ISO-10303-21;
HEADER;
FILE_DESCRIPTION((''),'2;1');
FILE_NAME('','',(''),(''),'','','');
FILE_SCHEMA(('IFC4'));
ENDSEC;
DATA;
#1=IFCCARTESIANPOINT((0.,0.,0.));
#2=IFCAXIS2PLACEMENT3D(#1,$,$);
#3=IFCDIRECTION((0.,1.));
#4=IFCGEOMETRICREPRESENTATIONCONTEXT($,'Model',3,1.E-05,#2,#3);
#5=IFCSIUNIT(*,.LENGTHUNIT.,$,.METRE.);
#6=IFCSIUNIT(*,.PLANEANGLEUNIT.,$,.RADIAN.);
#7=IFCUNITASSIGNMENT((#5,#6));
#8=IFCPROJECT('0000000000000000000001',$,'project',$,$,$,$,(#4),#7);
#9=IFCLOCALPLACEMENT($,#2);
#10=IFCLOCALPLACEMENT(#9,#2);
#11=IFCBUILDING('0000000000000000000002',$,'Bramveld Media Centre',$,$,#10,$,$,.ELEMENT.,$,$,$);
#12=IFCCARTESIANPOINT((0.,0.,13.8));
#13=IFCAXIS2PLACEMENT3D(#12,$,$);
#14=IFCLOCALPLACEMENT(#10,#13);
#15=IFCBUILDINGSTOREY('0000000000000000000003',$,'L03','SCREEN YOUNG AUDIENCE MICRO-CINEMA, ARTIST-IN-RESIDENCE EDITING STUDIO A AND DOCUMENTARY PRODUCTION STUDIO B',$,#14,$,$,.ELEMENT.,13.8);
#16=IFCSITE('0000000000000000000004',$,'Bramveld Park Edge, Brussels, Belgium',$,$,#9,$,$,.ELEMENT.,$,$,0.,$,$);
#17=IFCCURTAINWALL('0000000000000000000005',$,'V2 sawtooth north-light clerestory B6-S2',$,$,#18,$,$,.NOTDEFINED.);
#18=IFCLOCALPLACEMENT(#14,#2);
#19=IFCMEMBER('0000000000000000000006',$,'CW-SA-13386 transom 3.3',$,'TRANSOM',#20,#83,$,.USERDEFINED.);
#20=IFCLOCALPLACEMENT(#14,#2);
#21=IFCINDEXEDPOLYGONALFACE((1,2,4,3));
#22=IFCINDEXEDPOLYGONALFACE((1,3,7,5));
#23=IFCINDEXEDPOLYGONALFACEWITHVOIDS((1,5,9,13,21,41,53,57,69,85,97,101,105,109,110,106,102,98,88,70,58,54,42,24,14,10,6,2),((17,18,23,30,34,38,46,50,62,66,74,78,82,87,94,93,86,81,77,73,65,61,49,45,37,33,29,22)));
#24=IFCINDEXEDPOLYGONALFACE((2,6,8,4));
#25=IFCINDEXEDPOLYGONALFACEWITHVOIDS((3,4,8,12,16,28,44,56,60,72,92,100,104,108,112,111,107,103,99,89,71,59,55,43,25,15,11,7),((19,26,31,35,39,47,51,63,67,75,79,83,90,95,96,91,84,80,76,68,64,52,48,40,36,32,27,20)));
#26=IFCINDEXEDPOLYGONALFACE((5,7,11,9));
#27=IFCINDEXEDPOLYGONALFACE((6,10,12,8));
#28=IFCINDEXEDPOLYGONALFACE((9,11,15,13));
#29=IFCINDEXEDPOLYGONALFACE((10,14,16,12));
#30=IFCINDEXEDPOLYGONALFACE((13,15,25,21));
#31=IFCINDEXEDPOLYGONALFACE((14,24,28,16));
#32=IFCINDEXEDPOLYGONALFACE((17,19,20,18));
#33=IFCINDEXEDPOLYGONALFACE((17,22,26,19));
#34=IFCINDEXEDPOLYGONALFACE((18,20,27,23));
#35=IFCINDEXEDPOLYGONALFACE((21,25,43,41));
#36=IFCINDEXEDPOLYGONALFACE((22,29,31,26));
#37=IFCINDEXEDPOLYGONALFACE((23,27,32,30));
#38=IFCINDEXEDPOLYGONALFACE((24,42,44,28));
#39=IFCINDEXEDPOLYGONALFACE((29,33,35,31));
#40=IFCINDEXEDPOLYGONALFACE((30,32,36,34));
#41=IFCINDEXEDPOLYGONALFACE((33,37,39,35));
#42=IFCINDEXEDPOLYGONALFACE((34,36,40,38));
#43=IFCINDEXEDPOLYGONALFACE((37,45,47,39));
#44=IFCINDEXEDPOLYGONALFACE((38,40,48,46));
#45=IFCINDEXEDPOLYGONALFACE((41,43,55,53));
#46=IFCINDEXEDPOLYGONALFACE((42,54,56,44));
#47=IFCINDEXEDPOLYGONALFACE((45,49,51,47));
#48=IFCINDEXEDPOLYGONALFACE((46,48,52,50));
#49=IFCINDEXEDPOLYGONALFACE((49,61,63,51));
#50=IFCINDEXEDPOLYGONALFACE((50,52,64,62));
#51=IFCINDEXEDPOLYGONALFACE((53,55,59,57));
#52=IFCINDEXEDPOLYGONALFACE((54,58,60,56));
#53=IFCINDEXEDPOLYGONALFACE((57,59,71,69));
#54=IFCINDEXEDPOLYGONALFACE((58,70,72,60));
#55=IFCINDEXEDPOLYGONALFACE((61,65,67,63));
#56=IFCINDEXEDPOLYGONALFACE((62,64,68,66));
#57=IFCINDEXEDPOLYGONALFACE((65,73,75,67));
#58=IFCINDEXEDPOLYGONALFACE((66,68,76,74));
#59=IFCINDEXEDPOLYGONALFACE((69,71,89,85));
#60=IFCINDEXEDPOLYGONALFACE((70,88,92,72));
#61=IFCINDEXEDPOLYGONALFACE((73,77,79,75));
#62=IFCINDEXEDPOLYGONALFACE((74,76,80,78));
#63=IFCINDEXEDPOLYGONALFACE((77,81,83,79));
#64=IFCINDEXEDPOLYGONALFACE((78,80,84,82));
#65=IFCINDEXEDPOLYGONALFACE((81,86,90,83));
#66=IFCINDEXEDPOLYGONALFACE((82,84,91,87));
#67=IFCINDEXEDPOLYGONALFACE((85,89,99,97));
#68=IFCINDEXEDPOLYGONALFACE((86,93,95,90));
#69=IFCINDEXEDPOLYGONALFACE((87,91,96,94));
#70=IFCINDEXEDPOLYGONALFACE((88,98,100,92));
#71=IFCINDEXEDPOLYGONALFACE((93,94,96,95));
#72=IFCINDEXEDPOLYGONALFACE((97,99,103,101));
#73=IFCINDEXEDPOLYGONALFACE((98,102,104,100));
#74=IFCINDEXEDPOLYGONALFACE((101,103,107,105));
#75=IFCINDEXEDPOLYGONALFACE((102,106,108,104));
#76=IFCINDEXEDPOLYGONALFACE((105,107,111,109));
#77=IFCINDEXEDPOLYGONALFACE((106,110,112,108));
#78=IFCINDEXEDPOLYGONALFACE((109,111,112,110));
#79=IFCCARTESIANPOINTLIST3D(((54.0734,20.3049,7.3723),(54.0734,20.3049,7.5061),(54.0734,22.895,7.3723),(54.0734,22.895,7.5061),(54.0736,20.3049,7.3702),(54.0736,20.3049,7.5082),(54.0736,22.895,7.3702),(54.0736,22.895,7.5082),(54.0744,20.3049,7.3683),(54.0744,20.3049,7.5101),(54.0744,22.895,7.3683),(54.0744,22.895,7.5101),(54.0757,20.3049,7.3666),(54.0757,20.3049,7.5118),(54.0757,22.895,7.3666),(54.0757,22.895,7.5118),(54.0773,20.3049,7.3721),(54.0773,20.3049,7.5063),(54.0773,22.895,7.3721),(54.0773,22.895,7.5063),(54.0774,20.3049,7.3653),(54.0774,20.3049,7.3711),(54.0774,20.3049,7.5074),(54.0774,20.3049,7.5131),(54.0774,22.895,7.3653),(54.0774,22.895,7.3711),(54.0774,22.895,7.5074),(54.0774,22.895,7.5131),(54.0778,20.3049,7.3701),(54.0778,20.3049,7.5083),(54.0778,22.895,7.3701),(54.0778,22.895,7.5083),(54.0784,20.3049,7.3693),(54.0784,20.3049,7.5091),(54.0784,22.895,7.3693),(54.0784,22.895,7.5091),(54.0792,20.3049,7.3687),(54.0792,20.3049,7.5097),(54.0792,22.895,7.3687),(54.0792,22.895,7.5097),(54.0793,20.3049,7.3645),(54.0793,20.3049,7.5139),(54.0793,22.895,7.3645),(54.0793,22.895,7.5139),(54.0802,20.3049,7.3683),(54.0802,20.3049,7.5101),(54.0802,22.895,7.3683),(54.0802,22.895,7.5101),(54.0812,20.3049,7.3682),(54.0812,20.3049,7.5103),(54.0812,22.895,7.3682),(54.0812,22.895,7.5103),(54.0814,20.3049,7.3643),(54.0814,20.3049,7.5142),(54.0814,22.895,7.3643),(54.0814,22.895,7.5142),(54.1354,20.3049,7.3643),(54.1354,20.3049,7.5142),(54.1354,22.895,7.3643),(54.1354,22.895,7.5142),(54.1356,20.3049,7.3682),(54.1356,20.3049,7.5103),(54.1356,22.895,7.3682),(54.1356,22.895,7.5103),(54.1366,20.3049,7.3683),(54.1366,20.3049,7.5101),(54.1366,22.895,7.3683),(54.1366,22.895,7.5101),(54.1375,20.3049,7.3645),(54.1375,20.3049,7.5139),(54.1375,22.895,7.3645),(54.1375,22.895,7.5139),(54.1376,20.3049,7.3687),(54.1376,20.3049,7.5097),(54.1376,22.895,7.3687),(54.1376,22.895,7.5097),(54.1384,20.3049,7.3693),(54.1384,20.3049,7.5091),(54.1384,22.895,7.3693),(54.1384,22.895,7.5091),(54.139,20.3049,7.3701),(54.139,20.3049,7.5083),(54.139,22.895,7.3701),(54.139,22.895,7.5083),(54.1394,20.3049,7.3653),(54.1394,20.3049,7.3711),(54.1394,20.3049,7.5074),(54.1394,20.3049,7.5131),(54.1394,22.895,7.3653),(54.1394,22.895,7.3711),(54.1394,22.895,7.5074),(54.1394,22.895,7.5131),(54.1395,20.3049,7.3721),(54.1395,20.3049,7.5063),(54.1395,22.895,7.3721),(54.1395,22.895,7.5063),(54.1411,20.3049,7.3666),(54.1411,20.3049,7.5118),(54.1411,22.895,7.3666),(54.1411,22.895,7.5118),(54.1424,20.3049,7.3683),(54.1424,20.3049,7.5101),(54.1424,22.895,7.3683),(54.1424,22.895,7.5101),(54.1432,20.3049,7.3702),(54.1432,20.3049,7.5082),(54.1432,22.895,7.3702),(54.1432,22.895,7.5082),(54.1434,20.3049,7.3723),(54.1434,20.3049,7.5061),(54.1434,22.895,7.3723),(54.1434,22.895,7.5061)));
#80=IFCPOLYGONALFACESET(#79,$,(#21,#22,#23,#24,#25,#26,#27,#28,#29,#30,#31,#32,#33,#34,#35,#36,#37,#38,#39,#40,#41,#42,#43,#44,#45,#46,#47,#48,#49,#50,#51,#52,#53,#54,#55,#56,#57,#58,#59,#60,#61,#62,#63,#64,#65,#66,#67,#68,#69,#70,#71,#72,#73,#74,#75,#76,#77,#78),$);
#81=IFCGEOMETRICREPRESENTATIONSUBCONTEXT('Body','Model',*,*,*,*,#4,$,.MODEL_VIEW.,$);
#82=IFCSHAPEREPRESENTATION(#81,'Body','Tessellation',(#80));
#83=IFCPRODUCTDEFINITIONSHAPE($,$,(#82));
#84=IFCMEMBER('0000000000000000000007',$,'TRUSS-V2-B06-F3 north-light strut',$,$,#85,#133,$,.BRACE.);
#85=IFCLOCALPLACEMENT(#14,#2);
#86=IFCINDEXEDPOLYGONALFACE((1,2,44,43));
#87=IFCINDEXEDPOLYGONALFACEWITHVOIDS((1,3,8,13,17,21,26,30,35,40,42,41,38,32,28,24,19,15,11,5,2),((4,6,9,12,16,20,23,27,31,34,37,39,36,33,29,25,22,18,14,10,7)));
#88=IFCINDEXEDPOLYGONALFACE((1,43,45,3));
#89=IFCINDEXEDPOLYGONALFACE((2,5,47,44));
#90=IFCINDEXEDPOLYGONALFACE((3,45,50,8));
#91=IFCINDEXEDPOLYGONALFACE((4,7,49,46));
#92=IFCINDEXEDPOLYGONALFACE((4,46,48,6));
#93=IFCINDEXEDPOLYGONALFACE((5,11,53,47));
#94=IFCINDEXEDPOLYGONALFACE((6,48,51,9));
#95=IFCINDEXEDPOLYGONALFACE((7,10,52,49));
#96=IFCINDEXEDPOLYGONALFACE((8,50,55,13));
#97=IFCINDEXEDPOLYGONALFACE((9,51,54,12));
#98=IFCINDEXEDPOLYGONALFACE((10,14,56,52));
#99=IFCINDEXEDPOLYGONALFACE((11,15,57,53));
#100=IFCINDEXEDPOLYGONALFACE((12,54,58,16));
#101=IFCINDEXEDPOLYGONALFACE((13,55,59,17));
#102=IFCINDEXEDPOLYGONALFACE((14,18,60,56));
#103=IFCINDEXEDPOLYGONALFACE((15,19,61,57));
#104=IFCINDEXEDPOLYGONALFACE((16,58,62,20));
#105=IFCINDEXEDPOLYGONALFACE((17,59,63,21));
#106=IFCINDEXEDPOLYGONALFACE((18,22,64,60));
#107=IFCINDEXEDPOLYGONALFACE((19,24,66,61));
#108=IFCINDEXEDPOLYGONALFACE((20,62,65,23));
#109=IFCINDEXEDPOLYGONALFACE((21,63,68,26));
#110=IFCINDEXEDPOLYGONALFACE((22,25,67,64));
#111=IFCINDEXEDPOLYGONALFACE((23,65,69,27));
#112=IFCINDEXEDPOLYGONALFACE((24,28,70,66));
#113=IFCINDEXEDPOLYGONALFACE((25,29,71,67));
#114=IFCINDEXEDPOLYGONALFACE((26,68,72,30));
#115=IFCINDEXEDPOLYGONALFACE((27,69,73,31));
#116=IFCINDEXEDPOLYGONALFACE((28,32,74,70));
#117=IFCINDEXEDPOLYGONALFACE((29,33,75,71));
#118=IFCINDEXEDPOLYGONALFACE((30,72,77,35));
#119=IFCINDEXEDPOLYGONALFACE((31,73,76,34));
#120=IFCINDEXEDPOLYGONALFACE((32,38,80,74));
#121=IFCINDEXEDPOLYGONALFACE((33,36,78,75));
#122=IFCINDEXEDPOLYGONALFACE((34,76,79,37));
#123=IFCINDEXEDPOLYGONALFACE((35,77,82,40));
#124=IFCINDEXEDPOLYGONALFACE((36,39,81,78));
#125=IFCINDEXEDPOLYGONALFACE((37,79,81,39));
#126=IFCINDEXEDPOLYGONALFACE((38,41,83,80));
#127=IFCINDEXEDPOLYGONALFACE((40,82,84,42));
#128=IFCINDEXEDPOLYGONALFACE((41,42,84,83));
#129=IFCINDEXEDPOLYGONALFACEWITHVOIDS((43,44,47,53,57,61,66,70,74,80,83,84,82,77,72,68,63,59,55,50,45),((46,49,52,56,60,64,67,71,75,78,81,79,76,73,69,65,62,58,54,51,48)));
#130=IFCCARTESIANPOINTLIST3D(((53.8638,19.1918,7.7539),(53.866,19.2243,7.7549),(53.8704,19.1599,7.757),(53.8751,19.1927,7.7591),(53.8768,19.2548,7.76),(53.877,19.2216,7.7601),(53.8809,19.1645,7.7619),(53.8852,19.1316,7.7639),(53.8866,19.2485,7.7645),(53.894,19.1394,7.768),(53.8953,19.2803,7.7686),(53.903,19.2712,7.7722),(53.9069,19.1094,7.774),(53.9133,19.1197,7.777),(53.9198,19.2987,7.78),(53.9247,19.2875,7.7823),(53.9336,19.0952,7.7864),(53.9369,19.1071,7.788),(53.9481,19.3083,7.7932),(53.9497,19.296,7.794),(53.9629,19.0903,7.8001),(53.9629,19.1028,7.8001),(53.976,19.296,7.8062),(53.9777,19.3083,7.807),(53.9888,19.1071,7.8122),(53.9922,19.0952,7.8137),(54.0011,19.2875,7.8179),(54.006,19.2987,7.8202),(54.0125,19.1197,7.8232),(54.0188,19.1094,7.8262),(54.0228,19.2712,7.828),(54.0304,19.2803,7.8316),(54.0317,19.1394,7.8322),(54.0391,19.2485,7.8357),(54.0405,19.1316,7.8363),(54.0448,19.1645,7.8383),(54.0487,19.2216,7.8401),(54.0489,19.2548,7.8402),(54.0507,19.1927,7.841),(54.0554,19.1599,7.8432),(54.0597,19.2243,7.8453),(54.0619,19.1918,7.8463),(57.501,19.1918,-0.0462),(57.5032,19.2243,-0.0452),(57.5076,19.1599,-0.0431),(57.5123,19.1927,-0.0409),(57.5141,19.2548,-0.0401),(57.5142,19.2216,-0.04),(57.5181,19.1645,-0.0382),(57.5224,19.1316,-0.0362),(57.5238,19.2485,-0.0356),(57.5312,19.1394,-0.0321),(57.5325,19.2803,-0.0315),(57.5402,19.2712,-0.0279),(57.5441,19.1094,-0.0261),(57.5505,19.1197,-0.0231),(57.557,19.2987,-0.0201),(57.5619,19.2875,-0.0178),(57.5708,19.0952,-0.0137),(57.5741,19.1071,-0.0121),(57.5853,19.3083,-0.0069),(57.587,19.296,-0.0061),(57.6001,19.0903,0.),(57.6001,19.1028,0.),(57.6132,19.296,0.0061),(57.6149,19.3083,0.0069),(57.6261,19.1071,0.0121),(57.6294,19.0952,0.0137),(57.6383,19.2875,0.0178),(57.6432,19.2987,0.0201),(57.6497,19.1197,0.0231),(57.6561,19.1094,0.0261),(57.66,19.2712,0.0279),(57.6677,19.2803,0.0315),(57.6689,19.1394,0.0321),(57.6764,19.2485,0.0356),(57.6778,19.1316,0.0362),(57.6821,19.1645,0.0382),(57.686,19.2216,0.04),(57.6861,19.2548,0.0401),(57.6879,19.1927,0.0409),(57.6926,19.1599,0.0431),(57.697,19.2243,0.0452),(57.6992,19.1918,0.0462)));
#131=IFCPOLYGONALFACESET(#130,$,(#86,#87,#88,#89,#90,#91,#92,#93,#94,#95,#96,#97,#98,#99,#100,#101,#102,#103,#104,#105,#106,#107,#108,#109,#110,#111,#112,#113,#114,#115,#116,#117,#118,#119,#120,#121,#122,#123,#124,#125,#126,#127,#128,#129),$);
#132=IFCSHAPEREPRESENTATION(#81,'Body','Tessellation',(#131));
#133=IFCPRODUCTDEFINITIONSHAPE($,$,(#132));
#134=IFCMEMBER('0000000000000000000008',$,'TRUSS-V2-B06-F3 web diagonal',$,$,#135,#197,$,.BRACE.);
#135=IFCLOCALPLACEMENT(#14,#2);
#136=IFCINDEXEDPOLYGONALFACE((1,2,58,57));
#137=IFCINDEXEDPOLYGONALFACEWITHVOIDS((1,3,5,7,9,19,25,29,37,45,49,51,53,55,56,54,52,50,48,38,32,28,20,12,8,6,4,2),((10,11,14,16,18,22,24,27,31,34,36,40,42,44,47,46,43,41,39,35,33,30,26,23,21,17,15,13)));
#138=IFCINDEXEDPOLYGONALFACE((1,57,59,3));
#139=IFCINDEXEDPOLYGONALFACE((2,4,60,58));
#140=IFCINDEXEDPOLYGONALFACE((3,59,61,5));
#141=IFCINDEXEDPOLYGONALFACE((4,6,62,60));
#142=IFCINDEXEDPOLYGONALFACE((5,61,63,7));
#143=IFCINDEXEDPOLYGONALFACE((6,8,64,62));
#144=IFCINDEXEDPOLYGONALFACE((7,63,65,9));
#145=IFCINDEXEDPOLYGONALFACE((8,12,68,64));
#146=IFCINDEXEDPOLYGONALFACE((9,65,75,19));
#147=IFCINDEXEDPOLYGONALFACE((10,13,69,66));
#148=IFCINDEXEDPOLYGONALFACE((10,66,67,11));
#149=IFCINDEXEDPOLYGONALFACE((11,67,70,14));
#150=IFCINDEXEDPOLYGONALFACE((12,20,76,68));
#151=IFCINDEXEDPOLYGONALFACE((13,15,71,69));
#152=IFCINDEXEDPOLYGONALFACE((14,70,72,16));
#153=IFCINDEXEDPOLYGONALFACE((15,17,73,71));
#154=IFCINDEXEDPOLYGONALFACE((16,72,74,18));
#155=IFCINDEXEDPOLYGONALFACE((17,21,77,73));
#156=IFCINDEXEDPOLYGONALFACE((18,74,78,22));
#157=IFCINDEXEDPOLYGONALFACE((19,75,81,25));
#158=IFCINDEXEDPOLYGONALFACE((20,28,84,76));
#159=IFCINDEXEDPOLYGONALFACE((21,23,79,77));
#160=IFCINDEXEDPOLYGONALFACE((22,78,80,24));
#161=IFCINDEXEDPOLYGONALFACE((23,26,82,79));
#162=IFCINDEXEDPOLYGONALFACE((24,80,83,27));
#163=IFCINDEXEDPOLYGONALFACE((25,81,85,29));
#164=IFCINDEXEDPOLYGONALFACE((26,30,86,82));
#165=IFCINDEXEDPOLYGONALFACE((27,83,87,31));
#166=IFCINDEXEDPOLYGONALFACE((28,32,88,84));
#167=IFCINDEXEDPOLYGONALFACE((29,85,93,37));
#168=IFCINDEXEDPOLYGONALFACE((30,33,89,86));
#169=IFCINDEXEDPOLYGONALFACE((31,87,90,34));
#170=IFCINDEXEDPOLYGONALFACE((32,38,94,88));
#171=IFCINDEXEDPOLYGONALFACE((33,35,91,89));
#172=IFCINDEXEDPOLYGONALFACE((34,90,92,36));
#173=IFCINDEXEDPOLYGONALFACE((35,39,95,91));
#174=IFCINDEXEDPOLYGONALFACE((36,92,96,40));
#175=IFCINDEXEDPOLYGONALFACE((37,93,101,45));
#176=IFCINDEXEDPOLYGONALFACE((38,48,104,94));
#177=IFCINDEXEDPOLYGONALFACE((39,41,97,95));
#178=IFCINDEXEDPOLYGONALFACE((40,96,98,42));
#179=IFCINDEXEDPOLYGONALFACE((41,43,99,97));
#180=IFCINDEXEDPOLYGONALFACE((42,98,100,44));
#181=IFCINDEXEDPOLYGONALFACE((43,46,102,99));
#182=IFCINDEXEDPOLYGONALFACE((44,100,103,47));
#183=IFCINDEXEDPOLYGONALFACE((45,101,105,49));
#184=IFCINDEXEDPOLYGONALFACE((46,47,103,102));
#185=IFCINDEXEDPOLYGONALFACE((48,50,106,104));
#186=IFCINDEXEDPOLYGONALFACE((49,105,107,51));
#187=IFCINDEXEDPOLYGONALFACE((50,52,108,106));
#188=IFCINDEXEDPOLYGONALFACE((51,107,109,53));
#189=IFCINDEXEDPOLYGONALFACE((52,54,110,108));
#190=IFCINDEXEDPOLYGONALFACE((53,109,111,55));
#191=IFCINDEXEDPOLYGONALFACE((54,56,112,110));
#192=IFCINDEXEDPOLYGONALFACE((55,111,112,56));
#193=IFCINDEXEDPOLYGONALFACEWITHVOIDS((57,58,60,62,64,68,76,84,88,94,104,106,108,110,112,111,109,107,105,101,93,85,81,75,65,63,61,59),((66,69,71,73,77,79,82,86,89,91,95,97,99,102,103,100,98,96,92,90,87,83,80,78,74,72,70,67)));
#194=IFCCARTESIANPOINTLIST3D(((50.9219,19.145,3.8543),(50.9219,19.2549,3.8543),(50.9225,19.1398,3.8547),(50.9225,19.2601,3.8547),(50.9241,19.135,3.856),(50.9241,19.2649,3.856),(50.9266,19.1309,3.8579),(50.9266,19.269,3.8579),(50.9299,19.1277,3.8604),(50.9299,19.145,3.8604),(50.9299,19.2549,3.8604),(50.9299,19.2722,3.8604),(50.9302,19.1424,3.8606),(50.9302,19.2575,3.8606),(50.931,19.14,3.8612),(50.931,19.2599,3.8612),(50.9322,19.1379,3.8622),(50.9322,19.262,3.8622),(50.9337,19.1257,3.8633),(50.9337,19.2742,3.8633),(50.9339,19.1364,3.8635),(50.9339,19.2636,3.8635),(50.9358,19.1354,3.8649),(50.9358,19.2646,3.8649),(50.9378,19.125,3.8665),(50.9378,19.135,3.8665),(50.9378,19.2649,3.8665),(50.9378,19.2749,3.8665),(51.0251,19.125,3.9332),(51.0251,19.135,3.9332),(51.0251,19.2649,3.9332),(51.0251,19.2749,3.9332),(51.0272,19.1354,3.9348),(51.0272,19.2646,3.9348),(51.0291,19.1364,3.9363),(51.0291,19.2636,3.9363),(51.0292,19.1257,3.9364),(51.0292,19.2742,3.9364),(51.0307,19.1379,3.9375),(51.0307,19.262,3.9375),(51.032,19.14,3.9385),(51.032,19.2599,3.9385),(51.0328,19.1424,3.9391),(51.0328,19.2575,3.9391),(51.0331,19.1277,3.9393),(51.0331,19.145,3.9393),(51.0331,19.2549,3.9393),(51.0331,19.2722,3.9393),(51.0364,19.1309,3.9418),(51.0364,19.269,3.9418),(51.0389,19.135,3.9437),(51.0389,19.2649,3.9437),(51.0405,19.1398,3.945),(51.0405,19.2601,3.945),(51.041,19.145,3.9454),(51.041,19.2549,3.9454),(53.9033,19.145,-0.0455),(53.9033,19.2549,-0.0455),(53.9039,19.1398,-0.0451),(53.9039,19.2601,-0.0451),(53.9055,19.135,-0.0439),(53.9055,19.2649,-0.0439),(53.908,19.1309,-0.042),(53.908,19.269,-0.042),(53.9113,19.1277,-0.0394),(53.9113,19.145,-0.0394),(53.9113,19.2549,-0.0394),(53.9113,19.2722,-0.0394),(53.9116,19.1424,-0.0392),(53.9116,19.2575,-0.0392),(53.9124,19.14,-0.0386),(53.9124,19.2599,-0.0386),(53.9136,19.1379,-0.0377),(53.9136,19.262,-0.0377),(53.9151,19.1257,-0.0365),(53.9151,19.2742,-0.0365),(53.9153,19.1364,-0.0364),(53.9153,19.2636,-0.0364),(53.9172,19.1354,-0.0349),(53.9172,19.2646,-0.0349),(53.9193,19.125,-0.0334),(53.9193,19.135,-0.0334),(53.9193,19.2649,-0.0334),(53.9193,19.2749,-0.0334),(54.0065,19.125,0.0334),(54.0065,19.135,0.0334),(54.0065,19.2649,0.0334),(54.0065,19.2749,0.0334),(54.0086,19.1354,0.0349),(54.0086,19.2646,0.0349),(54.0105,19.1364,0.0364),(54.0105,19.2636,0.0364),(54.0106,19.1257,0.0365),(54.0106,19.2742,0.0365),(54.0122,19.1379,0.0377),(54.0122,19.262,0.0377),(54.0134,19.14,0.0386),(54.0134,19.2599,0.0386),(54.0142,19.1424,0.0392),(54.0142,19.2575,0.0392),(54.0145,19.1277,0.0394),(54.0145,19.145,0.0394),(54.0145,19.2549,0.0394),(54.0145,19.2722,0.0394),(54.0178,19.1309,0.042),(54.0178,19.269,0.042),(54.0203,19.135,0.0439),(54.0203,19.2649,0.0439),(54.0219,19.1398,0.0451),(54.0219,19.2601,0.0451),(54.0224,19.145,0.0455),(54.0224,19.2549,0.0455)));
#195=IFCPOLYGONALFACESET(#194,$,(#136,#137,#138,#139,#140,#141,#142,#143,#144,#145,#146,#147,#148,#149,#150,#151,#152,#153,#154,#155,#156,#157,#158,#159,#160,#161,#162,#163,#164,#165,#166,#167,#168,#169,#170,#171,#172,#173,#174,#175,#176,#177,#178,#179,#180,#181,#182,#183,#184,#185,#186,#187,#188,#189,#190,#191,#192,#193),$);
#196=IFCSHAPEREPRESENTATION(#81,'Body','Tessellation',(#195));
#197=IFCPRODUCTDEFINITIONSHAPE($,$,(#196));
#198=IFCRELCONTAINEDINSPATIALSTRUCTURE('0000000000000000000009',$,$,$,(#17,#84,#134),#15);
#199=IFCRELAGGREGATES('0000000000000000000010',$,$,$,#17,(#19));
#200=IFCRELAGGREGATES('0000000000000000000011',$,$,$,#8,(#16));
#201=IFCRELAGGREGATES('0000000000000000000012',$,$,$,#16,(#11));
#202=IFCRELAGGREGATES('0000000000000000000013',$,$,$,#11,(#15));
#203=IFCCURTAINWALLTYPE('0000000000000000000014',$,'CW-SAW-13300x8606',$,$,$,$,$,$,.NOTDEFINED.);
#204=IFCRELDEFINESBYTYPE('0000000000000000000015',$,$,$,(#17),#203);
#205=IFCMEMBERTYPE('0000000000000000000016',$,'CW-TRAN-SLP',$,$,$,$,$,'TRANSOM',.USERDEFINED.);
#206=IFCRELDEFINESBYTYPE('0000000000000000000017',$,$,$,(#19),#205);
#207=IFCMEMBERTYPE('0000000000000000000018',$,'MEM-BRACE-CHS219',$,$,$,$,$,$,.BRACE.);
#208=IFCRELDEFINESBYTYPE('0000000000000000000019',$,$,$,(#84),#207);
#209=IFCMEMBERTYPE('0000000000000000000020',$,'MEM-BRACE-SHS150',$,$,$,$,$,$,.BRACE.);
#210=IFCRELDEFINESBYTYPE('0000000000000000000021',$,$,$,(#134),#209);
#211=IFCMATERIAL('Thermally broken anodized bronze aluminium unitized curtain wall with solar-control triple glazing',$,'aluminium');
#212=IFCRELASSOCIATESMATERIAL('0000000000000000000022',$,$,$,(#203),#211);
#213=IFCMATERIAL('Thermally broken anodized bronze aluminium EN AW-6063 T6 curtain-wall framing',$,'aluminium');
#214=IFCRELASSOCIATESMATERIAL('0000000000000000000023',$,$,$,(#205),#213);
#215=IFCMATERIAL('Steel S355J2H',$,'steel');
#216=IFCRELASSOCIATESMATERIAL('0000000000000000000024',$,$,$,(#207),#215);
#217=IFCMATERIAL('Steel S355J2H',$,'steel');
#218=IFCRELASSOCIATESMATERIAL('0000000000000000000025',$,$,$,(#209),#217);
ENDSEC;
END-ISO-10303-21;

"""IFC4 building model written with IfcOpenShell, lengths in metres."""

from ifc_helpers import new_model, si_unit, direction, frame, origin, origin_2d, place, context, subcontext, project, spatial, hollow_rectangle, hollow_circle, extrude, material, material_profile, profile_set, type_object, element, aggregate, save


model = new_model("IFC4")

# Units and contexts
model_context = context("Model", 3, precision=1e-05, world=origin(), true_north=direction((0.0, 1.0)))
body_context = subcontext(model_context, "Body", "Model", "MODEL_VIEW")
ifc_project = project(units=[si_unit("LENGTHUNIT", "METRE"), si_unit("PLANEANGLEUNIT", "RADIAN")], contexts=[model_context])

# Site, building, storey
site_placement = place(None, origin())
site = spatial("IfcSite", under=ifc_project, at=site_placement, Name="Bramveld Park Edge, Brussels, Belgium", CompositionType="ELEMENT", RefElevation=0.0)
building_placement = place(site_placement, origin())
building = spatial("IfcBuilding", under=site, at=building_placement, Name="Bramveld Media Centre", CompositionType="ELEMENT")
storey_placement = place(building_placement, frame((0.0, 0.0, 13.8)))
storey = spatial("IfcBuildingStorey", under=building, at=storey_placement, Name="L03", Description="SCREEN YOUNG AUDIENCE MICRO-CINEMA, ARTIST-IN-RESIDENCE EDITING STUDIO A AND DOCUMENTARY PRODUCTION STUDIO B", CompositionType="ELEMENT", Elevation=13.8)

# Curtain wall, member
ifc_material_1 = material(Name="Thermally broken anodized bronze aluminium unitized curtain wall with solar-control triple glazing", Category="aluminium")
curtain_wall_type = type_object("IfcCurtainWallType", Name="CW-SAW-13300x8606", PredefinedType="NOTDEFINED", material=ifc_material_1)
curtain_wall_placement = place(storey_placement, origin())
curtain_wall = element("IfcCurtainWall", 1, at=curtain_wall_placement, inside=storey, type_object=curtain_wall_type, Name="V2 sawtooth north-light clerestory B6-S2", PredefinedType="NOTDEFINED")
ifc_material_2 = material(Name="Thermally broken anodized bronze aluminium EN AW-6063 T6 curtain-wall framing", Category="aluminium")
ifc_material_profile_1 = material_profile(ifc_material_2, hollow_rectangle(XDim=0.0701, YDim=0.1499, WallThickness=0.0039, InnerFilletRadius=0.0039, OuterFilletRadius=0.0081, at=origin_2d()), Name="AL-TRAN 70x150")
ifc_profile_set_1 = profile_set([ifc_material_profile_1], Name="Thermally broken anodized bronze aluminium EN AW-6063 T6 curtain-wall framing")
member_type_1 = type_object("IfcMemberType", Name="CW-TRAN-SLP", ElementType="TRANSOM", PredefinedType="USERDEFINED", material=ifc_profile_set_1)
member_1_placement = place(storey_placement, frame((54.1084, 20.3049, 7.4392), z_axis=(0.0, 1.0, 0.0), x_axis=(-1.0, 0.0, 0.0)))
member_1 = element("IfcMember", 2, at=member_1_placement, type_object=member_type_1, Name="CW-SA-13386 transom 3.3", ObjectType="TRANSOM", PredefinedType="USERDEFINED", context=body_context, shape_type="SweptSolid", body=[
    extrude(hollow_rectangle(XDim=0.0701, YDim=0.1499, WallThickness=0.0039, InnerFilletRadius=0.0039, OuterFilletRadius=0.0081, at=origin_2d()), origin(), (0.0, 0.0, 1.0), 2.5901),
])

# Members
ifc_material_3 = material(Name="Steel S355J2H", Category="steel")
ifc_material_profile_2 = material_profile(ifc_material_3, hollow_circle(Radius=0.1096, WallThickness=0.0125, at=origin_2d()), Name="CHS 219.1x12.5")
ifc_profile_set_2 = profile_set([ifc_material_profile_2], Name="Steel S355J2H")
member_type_2 = type_object("IfcMemberType", Name="MEM-BRACE-CHS219", PredefinedType="BRACE", material=ifc_profile_set_2)
member_2_placement = place(storey_placement, frame((57.6001, 19.2, 0.0), z_axis=(-0.422617, 0.0, 0.906308), x_axis=(0.0, -1.0, 0.0)))
element("IfcMember", 3, at=member_2_placement, inside=storey, type_object=member_type_2, Name="TRUSS-V2-B06-F3 north-light strut", PredefinedType="BRACE", context=body_context, shape_type="SweptSolid", body=[
    extrude(hollow_circle(Radius=0.1096, WallThickness=0.0125, at=origin_2d()), origin(), (0.0, 0.0, 1.0), 8.6064),
])
ifc_material_4 = material(Name="Steel S355J2H", Category="steel")
ifc_material_profile_3 = material_profile(ifc_material_4, hollow_rectangle(XDim=0.1499, YDim=0.1499, WallThickness=0.01, InnerFilletRadius=0.01, OuterFilletRadius=0.02, at=origin_2d()), Name="SHS 150x150x10")
ifc_profile_set_3 = profile_set([ifc_material_profile_3], Name="Steel S355J2H")
member_type_3 = type_object("IfcMemberType", Name="MEM-BRACE-SHS150", PredefinedType="BRACE", material=ifc_profile_set_3)
member_3_placement = place(storey_placement, frame((53.9629, 19.2, 0.0), z_axis=(-0.607343, 0.0, 0.79444), x_axis=(0.0, -1.0, 0.0)))
element("IfcMember", 4, at=member_3_placement, inside=storey, type_object=member_type_3, Name="TRUSS-V2-B06-F3 web diagonal", PredefinedType="BRACE", context=body_context, shape_type="SweptSolid", body=[
    extrude(hollow_rectangle(XDim=0.1499, YDim=0.1499, WallThickness=0.01, InnerFilletRadius=0.01, OuterFilletRadius=0.02, at=origin_2d()), origin(), (0.0, 0.0, 1.0), 4.9089),
])

aggregate(curtain_wall, [member_1])

save(model, "model.ifc")
